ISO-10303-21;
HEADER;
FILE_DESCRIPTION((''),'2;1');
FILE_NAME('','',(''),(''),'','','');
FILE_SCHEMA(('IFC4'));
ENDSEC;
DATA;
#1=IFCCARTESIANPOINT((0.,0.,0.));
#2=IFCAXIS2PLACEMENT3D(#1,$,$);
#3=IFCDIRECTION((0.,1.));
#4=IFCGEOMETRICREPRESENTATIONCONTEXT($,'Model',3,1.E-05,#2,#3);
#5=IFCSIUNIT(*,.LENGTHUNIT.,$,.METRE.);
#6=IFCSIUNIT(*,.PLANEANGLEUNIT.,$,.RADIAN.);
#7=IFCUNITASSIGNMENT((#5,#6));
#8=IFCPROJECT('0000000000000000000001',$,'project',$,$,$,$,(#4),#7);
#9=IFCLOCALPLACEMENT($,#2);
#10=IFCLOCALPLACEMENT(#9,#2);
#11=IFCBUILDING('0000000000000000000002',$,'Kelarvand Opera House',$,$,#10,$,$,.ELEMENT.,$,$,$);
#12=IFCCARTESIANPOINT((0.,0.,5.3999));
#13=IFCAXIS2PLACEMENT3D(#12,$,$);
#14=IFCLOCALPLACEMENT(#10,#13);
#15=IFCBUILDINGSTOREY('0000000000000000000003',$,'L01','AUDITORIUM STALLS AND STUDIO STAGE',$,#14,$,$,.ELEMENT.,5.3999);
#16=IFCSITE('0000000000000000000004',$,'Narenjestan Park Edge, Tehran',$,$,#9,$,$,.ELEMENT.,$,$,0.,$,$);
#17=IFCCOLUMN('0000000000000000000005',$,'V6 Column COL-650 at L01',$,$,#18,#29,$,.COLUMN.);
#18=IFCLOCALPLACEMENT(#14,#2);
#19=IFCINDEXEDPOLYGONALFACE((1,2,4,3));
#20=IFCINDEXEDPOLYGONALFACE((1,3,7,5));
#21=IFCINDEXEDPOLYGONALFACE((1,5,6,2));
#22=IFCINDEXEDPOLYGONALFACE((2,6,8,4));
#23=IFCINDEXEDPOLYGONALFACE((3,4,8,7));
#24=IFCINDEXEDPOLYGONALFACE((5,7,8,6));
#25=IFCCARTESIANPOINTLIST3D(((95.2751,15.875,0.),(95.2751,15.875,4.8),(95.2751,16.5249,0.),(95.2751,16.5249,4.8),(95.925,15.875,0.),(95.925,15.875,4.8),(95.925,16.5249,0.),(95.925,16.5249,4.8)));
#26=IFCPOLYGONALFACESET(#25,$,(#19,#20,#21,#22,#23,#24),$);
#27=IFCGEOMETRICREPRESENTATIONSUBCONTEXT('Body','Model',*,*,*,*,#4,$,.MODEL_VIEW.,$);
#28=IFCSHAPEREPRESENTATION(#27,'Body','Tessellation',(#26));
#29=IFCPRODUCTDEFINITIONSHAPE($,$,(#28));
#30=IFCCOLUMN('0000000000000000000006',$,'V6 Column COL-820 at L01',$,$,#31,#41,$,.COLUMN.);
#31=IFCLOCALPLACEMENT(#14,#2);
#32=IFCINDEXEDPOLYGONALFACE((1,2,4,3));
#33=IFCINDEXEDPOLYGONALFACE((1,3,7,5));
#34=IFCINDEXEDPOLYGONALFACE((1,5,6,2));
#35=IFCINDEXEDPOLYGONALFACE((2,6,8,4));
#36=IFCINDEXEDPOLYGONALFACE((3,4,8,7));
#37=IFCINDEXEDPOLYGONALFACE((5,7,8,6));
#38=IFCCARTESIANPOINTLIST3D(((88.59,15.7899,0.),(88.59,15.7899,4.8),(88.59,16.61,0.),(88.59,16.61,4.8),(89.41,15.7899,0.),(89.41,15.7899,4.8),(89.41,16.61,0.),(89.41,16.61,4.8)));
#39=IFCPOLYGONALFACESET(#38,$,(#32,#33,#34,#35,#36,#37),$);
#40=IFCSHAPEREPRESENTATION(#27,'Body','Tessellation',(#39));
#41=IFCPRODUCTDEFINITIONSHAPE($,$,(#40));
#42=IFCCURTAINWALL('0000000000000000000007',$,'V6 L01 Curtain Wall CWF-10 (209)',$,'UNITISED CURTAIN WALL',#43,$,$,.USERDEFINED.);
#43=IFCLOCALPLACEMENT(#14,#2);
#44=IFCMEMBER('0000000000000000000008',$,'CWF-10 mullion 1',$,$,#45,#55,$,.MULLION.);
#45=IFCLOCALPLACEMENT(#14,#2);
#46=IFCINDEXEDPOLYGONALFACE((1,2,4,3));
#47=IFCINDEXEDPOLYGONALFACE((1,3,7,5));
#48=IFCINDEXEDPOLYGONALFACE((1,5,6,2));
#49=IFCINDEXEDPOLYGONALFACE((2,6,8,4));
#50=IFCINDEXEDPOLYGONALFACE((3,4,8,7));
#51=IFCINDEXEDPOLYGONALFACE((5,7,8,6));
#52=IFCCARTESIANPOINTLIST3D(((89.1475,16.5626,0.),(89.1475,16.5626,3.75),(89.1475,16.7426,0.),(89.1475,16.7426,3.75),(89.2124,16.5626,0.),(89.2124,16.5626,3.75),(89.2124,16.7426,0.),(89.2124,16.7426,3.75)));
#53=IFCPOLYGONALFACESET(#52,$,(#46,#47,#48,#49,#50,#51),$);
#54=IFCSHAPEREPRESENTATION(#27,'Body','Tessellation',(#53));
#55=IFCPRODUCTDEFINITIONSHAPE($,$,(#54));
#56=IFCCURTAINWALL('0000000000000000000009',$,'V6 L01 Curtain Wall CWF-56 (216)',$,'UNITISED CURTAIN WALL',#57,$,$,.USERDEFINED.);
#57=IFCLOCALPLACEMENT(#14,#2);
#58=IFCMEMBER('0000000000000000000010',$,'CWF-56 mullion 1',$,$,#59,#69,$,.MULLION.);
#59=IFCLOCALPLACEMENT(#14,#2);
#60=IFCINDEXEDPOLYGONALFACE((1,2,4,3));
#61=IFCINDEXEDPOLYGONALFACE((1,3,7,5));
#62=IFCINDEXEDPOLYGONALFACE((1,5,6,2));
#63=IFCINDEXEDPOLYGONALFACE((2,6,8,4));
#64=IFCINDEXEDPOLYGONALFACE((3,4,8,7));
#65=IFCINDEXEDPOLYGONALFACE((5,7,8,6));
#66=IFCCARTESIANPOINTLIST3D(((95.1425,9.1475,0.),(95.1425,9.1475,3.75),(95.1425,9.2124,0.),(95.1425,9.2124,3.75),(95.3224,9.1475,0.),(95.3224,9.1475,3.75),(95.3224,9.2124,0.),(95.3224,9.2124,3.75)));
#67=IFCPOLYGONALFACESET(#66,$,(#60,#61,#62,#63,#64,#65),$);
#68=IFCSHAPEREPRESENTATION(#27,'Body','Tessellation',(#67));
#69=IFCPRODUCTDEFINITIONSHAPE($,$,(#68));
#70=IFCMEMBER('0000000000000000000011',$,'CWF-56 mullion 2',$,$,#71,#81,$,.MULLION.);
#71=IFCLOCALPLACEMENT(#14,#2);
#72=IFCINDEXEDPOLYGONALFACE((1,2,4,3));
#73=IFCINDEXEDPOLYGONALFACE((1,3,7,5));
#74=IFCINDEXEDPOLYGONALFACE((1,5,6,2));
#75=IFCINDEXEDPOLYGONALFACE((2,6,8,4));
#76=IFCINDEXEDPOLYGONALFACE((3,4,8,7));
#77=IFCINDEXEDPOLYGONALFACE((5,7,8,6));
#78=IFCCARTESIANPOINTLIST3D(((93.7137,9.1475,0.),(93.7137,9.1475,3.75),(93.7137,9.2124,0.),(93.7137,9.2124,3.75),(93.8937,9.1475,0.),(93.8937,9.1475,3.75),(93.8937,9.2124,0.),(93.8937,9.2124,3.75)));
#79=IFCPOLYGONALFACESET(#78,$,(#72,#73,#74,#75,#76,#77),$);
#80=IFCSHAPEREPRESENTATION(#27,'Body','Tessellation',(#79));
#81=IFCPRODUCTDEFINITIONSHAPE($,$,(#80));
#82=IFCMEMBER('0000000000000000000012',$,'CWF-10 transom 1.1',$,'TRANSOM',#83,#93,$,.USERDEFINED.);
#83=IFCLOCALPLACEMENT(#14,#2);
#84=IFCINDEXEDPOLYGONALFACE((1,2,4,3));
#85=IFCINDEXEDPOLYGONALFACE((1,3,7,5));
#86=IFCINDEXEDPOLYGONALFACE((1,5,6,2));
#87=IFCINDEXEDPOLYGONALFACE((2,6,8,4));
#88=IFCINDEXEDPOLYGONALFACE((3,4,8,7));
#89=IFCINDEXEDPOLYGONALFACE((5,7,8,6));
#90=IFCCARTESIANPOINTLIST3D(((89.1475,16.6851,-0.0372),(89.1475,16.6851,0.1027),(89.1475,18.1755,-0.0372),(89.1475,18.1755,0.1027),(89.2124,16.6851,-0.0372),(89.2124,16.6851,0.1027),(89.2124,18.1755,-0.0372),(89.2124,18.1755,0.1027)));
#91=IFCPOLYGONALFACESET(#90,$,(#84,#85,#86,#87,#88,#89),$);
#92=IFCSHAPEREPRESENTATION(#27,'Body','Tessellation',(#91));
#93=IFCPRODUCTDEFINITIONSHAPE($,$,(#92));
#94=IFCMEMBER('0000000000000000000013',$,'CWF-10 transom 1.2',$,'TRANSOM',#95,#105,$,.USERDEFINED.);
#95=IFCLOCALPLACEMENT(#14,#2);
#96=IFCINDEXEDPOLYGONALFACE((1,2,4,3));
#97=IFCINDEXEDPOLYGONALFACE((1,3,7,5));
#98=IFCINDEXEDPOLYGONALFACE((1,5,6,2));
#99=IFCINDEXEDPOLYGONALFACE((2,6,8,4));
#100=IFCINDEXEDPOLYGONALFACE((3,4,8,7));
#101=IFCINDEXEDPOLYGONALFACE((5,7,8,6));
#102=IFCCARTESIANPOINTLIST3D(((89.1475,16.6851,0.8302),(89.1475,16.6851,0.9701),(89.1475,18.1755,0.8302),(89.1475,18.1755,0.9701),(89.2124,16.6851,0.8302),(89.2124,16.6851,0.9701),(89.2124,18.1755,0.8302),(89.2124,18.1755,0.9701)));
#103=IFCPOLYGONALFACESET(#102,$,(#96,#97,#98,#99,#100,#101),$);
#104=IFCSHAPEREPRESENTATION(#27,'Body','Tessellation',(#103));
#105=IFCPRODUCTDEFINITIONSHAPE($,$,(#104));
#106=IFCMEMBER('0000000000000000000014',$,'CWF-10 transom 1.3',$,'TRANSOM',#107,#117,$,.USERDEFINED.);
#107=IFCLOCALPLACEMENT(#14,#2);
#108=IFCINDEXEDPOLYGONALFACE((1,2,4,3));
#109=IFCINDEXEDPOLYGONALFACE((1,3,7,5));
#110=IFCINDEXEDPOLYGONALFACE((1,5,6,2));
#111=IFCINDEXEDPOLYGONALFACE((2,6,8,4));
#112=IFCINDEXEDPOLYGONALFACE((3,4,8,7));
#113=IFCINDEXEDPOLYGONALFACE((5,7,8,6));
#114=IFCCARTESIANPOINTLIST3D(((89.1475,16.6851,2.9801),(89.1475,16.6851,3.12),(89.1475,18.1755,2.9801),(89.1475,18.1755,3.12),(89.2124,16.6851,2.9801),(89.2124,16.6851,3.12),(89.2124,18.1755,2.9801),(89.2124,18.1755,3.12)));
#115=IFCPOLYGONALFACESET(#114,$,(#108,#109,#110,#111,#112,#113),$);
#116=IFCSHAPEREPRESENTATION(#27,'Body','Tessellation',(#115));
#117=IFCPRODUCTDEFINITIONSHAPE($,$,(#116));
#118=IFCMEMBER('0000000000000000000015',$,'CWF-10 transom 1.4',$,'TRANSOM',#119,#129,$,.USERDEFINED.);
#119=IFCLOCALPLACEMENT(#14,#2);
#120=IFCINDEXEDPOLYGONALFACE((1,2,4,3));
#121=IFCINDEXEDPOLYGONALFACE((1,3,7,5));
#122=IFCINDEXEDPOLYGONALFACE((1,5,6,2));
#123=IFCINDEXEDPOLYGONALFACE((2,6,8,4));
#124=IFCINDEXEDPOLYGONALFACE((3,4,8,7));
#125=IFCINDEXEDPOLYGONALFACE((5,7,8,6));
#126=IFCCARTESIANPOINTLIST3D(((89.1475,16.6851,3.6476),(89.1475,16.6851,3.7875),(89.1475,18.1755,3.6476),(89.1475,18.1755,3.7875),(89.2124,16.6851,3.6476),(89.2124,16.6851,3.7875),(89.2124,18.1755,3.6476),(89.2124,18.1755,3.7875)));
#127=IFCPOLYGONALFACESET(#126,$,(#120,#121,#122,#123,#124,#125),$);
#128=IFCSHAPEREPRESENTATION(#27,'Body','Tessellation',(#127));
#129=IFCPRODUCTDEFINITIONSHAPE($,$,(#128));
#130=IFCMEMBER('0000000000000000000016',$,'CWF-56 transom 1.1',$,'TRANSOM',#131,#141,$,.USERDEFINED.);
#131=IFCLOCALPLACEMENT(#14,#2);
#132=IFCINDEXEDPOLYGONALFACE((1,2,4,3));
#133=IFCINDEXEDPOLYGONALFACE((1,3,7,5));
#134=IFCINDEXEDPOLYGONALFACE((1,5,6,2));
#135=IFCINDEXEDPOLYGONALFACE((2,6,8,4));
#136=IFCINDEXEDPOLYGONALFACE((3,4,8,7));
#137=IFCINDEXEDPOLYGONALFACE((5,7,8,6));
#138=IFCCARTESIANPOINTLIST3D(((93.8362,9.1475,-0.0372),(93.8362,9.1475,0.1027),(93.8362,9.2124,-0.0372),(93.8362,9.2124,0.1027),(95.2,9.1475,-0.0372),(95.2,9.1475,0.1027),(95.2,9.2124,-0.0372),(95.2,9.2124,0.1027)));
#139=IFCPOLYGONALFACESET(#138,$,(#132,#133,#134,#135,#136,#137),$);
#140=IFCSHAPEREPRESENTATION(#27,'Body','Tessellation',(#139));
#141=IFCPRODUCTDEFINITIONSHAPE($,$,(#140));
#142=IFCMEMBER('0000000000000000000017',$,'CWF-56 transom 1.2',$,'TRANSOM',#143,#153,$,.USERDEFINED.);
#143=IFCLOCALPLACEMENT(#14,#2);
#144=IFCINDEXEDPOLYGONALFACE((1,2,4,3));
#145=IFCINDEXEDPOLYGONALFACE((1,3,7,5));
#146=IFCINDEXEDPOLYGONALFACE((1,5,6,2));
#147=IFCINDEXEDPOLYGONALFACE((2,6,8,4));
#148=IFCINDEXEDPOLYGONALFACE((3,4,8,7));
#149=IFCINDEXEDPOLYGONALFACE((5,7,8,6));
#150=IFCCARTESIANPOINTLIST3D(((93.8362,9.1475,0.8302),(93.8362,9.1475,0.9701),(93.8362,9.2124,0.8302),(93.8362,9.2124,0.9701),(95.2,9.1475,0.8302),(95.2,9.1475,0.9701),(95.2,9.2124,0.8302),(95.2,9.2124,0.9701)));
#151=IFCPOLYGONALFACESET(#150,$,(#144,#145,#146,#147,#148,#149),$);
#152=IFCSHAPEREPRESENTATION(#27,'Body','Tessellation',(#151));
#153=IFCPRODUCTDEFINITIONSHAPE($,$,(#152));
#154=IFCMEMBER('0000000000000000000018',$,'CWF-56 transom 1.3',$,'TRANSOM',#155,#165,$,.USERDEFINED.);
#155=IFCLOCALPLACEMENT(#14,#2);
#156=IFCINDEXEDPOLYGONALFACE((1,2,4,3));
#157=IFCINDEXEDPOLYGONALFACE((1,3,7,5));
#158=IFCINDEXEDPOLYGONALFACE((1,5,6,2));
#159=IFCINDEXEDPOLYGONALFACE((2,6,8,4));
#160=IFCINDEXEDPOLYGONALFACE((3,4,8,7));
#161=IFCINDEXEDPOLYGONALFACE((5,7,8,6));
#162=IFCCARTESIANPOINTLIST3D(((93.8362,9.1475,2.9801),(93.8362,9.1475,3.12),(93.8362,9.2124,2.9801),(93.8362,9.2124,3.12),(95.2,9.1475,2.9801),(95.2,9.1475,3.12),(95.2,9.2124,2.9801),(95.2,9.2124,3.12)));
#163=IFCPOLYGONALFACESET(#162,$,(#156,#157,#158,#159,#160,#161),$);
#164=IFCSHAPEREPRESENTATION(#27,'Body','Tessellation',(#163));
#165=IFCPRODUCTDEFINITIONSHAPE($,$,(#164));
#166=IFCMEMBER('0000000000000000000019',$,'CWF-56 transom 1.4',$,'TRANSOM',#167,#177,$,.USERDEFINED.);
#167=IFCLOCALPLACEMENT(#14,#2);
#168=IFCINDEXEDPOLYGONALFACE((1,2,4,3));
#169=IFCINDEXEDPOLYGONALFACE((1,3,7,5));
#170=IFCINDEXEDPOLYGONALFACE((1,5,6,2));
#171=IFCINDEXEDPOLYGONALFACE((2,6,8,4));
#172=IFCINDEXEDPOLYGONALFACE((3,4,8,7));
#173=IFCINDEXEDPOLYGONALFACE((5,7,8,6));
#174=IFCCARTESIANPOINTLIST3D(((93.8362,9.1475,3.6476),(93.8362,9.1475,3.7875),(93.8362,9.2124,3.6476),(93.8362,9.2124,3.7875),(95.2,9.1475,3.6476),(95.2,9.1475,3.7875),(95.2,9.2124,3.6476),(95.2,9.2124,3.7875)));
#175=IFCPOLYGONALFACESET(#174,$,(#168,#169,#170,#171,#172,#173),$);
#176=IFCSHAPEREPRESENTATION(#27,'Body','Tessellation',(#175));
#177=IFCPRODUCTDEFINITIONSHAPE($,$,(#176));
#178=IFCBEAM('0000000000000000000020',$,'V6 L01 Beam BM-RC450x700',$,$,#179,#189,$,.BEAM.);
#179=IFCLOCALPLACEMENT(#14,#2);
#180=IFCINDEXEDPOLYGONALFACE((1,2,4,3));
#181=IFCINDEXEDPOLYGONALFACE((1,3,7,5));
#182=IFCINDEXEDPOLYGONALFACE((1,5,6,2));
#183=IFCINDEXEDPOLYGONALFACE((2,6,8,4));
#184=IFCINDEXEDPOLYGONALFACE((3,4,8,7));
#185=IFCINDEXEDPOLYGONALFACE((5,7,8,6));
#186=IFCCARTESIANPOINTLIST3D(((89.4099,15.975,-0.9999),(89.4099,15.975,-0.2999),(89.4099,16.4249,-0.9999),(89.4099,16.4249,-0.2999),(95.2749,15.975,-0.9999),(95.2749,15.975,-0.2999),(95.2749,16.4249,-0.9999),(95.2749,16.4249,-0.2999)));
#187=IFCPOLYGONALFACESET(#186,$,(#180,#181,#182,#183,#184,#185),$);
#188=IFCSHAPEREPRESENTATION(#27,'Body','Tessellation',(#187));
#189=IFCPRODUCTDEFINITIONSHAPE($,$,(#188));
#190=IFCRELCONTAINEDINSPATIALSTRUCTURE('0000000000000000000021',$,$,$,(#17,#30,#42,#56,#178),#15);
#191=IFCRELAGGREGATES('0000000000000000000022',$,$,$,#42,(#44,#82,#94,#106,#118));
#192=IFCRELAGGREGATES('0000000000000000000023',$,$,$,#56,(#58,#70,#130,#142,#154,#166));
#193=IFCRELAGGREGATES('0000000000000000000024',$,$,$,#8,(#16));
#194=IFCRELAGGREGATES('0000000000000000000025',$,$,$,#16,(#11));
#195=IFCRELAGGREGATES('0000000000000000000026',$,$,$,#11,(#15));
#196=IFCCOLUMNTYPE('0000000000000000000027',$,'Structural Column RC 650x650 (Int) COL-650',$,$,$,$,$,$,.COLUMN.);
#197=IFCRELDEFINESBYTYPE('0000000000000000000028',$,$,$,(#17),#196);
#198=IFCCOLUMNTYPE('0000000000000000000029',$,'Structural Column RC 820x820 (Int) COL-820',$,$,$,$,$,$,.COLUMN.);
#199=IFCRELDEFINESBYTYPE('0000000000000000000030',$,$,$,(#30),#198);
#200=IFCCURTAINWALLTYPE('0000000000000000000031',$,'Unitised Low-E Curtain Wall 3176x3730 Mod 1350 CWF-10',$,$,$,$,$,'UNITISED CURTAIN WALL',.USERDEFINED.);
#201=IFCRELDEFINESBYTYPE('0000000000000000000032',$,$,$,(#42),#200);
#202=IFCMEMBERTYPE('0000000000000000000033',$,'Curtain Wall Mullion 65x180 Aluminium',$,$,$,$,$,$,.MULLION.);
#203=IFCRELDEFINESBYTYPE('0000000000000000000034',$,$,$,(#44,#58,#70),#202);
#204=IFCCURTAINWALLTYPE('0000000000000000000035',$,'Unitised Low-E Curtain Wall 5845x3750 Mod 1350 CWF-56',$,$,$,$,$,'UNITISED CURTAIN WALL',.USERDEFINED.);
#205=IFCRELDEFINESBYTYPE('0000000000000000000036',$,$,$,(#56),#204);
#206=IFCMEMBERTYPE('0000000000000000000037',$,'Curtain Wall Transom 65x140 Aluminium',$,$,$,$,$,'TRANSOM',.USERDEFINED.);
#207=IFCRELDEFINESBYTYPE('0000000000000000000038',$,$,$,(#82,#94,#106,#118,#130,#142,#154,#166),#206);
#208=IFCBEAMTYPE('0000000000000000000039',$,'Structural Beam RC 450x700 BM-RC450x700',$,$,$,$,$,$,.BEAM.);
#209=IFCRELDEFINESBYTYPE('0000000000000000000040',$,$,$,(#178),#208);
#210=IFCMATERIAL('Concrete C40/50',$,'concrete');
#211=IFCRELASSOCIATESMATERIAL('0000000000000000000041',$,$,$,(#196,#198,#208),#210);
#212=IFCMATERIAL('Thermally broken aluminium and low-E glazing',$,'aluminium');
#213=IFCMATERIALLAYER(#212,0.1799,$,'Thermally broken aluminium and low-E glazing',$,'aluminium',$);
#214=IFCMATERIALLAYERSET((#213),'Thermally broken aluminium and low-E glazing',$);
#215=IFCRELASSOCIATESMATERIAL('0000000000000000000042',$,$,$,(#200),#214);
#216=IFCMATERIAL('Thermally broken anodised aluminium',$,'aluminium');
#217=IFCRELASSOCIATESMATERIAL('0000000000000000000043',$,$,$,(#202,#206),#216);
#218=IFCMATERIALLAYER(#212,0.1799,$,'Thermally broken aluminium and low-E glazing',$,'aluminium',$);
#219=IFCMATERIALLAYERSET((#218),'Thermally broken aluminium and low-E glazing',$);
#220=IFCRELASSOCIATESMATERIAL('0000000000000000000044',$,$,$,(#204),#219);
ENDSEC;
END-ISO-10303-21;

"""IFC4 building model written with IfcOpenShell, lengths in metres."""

from ifc_helpers import new_model, si_unit, direction, frame, origin, origin_2d, place, context, subcontext, project, spatial, rectangle, extrude, material, layer, layer_set, material_profile, profile_set, type_object, element, aggregate, save


model = new_model("IFC4")

# Units and contexts
model_context = context("Model", 3, precision=1e-05, world=origin(), true_north=direction((0.0, 1.0)))
body_context = subcontext(model_context, "Body", "Model", "MODEL_VIEW")
ifc_project = project(units=[si_unit("LENGTHUNIT", "METRE"), si_unit("PLANEANGLEUNIT", "RADIAN")], contexts=[model_context])

# Site, building, storey
site_placement = place(None, origin())
site = spatial("IfcSite", under=ifc_project, at=site_placement, Name="Narenjestan Park Edge, Tehran", CompositionType="ELEMENT", RefElevation=0.0)
building_placement = place(site_placement, origin())
building = spatial("IfcBuilding", under=site, at=building_placement, Name="Kelarvand Opera House", CompositionType="ELEMENT")
storey_placement = place(building_placement, frame((0.0, 0.0, 5.3999)))
storey = spatial("IfcBuildingStorey", under=building, at=storey_placement, Name="L01", Description="AUDITORIUM STALLS AND STUDIO STAGE", CompositionType="ELEMENT", Elevation=5.3999)

# Columns
ifc_material_1 = material(Name="Concrete C40/50", Category="concrete")
ifc_material_profile_1 = material_profile(ifc_material_1, rectangle(XDim=0.6499, YDim=0.6499, at=origin_2d()), Name="RC 650x650", Category="concrete")
ifc_profile_set_1 = profile_set([ifc_material_profile_1], Name="Concrete C40/50")
column_type_1 = type_object("IfcColumnType", Name="Structural Column RC 650x650 (Int) COL-650", PredefinedType="COLUMN", material=ifc_profile_set_1)
column_1_placement = place(storey_placement, frame((95.6001, 16.2, 0.0), z_axis=(0.0, 0.0, 1.0), x_axis=(1.0, 0.0, 0.0)))
element("IfcColumn", 1, at=column_1_placement, inside=storey, type_object=column_type_1, Name="V6 Column COL-650 at L01", PredefinedType="COLUMN", context=body_context, shape_type="SweptSolid", body=[
    extrude(rectangle(XDim=0.6499, YDim=0.6499, at=origin_2d()), origin(), (0.0, 0.0, 1.0), 4.8),
])
ifc_material_profile_2 = material_profile(ifc_material_1, rectangle(XDim=0.8201, YDim=0.8201, at=origin_2d()), Name="RC 820x820", Category="concrete")
ifc_profile_set_2 = profile_set([ifc_material_profile_2], Name="Concrete C40/50")
column_type_2 = type_object("IfcColumnType", Name="Structural Column RC 820x820 (Int) COL-820", PredefinedType="COLUMN", material=ifc_profile_set_2)
column_2_placement = place(storey_placement, frame((89.0, 16.2, 0.0), z_axis=(0.0, 0.0, 1.0), x_axis=(1.0, 0.0, 0.0)))
element("IfcColumn", 2, at=column_2_placement, inside=storey, type_object=column_type_2, Name="V6 Column COL-820 at L01", PredefinedType="COLUMN", context=body_context, shape_type="SweptSolid", body=[
    extrude(rectangle(XDim=0.8201, YDim=0.8201, at=origin_2d()), origin(), (0.0, 0.0, 1.0), 4.8),
])

# Curtain wall, member
ifc_material_2 = material(Name="Thermally broken aluminium and low-E glazing", Category="aluminium")
ifc_layer_1 = layer(ifc_material_2, 0.1799, Name="Thermally broken aluminium and low-E glazing", Category="aluminium")
ifc_layer_set_1 = layer_set([ifc_layer_1], Name="Thermally broken aluminium and low-E glazing")
curtain_wall_type_1 = type_object("IfcCurtainWallType", Name="Unitised Low-E Curtain Wall 3176x3730 Mod 1350 CWF-10", ElementType="UNITISED CURTAIN WALL", PredefinedType="USERDEFINED", material=ifc_layer_set_1)
curtain_wall_1_placement = place(storey_placement, origin())
curtain_wall_1 = element("IfcCurtainWall", 3, at=curtain_wall_1_placement, inside=storey, type_object=curtain_wall_type_1, Name="V6 L01 Curtain Wall CWF-10 (209)", ObjectType="UNITISED CURTAIN WALL", PredefinedType="USERDEFINED")
ifc_material_3 = material(Name="Thermally broken anodised aluminium", Category="aluminium")
ifc_material_profile_3 = material_profile(ifc_material_3, rectangle(XDim=0.0649, YDim=0.1799, at=origin_2d()), Name="ALU MULLION 65x180", Category="aluminium")
ifc_profile_set_3 = profile_set([ifc_material_profile_3], Name="Thermally broken anodised aluminium")
member_type_1 = type_object("IfcMemberType", Name="Curtain Wall Mullion 65x180 Aluminium", PredefinedType="MULLION", material=ifc_profile_set_3)
member_1_placement = place(storey_placement, frame((89.1799, 16.6526, 0.0), z_axis=(0.0, 0.0, 1.0), x_axis=(-1.0, 0.0, 0.0)))
member_1 = element("IfcMember", 4, at=member_1_placement, type_object=member_type_1, Name="CWF-10 mullion 1", PredefinedType="MULLION", context=body_context, shape_type="SweptSolid", body=[
    extrude(rectangle(XDim=0.0649, YDim=0.1799, at=origin_2d()), origin(), (0.0, 0.0, 1.0), 3.75),
])

# Curtain wall, members
ifc_layer_2 = layer(ifc_material_2, 0.1799, Name="Thermally broken aluminium and low-E glazing", Category="aluminium")
ifc_layer_set_2 = layer_set([ifc_layer_2], Name="Thermally broken aluminium and low-E glazing")
curtain_wall_type_2 = type_object("IfcCurtainWallType", Name="Unitised Low-E Curtain Wall 5845x3750 Mod 1350 CWF-56", ElementType="UNITISED CURTAIN WALL", PredefinedType="USERDEFINED", material=ifc_layer_set_2)
curtain_wall_2_placement = place(storey_placement, origin())
curtain_wall_2 = element("IfcCurtainWall", 5, at=curtain_wall_2_placement, inside=storey, type_object=curtain_wall_type_2, Name="V6 L01 Curtain Wall CWF-56 (216)", ObjectType="UNITISED CURTAIN WALL", PredefinedType="USERDEFINED")
member_2_placement = place(storey_placement, frame((95.2324, 9.1799, 0.0), z_axis=(0.0, 0.0, 1.0), x_axis=(0.0, -1.0, 0.0)))
member_2 = element("IfcMember", 6, at=member_2_placement, type_object=member_type_1, Name="CWF-56 mullion 1", PredefinedType="MULLION", context=body_context, shape_type="SweptSolid", body=[
    extrude(rectangle(XDim=0.0649, YDim=0.1799, at=origin_2d()), origin(), (0.0, 0.0, 1.0), 3.75),
])
member_3_placement = place(storey_placement, frame((93.8037, 9.1799, 0.0), z_axis=(0.0, 0.0, 1.0), x_axis=(0.0, -1.0, 0.0)))
member_3 = element("IfcMember", 7, at=member_3_placement, type_object=member_type_1, Name="CWF-56 mullion 2", PredefinedType="MULLION", context=body_context, shape_type="SweptSolid", body=[
    extrude(rectangle(XDim=0.0649, YDim=0.1799, at=origin_2d()), origin(), (0.0, 0.0, 1.0), 3.75),
])

# Members
ifc_material_profile_4 = material_profile(ifc_material_3, rectangle(XDim=0.0649, YDim=0.1399, at=origin_2d()), Name="ALU TRANSOM 65x140", Category="aluminium")
ifc_profile_set_4 = profile_set([ifc_material_profile_4], Name="Thermally broken anodised aluminium")
member_type_2 = type_object("IfcMemberType", Name="Curtain Wall Transom 65x140 Aluminium", ElementType="TRANSOM", PredefinedType="USERDEFINED", material=ifc_profile_set_4)
member_4_placement = place(storey_placement, frame((89.1799, 16.6851, 0.0327), z_axis=(0.0, 1.0, 0.0), x_axis=(-1.0, 0.0, 0.0)))
member_4 = element("IfcMember", 8, at=member_4_placement, type_object=member_type_2, Name="CWF-10 transom 1.1", ObjectType="TRANSOM", PredefinedType="USERDEFINED", context=body_context, shape_type="SweptSolid", body=[
    extrude(rectangle(XDim=0.0649, YDim=0.1399, at=origin_2d()), origin(), (0.0, 0.0, 1.0), 1.4905),
])
member_5_placement = place(storey_placement, frame((89.1799, 16.6851, 0.9001), z_axis=(0.0, 1.0, 0.0), x_axis=(-1.0, 0.0, 0.0)))
member_5 = element("IfcMember", 9, at=member_5_placement, type_object=member_type_2, Name="CWF-10 transom 1.2", ObjectType="TRANSOM", PredefinedType="USERDEFINED", context=body_context, shape_type="SweptSolid", body=[
    extrude(rectangle(XDim=0.0649, YDim=0.1399, at=origin_2d()), origin(), (0.0, 0.0, 1.0), 1.4905),
])
member_6_placement = place(storey_placement, frame((89.1799, 16.6851, 3.05), z_axis=(0.0, 1.0, 0.0), x_axis=(-1.0, 0.0, 0.0)))
member_6 = element("IfcMember", 10, at=member_6_placement, type_object=member_type_2, Name="CWF-10 transom 1.3", ObjectType="TRANSOM", PredefinedType="USERDEFINED", context=body_context, shape_type="SweptSolid", body=[
    extrude(rectangle(XDim=0.0649, YDim=0.1399, at=origin_2d()), origin(), (0.0, 0.0, 1.0), 1.4905),
])
member_7_placement = place(storey_placement, frame((89.1799, 16.6851, 3.7175), z_axis=(0.0, 1.0, 0.0), x_axis=(-1.0, 0.0, 0.0)))
member_7 = element("IfcMember", 11, at=member_7_placement, type_object=member_type_2, Name="CWF-10 transom 1.4", ObjectType="TRANSOM", PredefinedType="USERDEFINED", context=body_context, shape_type="SweptSolid", body=[
    extrude(rectangle(XDim=0.0649, YDim=0.1399, at=origin_2d()), origin(), (0.0, 0.0, 1.0), 1.4905),
])
member_8_placement = place(storey_placement, frame((95.2, 9.1799, 0.0327), z_axis=(-1.0, 0.0, 0.0), x_axis=(0.0, -1.0, 0.0)))
member_8 = element("IfcMember", 12, at=member_8_placement, type_object=member_type_2, Name="CWF-56 transom 1.1", ObjectType="TRANSOM", PredefinedType="USERDEFINED", context=body_context, shape_type="SweptSolid", body=[
    extrude(rectangle(XDim=0.0649, YDim=0.1399, at=origin_2d()), origin(), (0.0, 0.0, 1.0), 1.3638),
])
member_9_placement = place(storey_placement, frame((95.2, 9.1799, 0.9001), z_axis=(-1.0, 0.0, 0.0), x_axis=(0.0, -1.0, 0.0)))
member_9 = element("IfcMember", 13, at=member_9_placement, type_object=member_type_2, Name="CWF-56 transom 1.2", ObjectType="TRANSOM", PredefinedType="USERDEFINED", context=body_context, shape_type="SweptSolid", body=[
    extrude(rectangle(XDim=0.0649, YDim=0.1399, at=origin_2d()), origin(), (0.0, 0.0, 1.0), 1.3638),
])
member_10_placement = place(storey_placement, frame((95.2, 9.1799, 3.05), z_axis=(-1.0, 0.0, 0.0), x_axis=(0.0, -1.0, 0.0)))
member_10 = element("IfcMember", 14, at=member_10_placement, type_object=member_type_2, Name="CWF-56 transom 1.3", ObjectType="TRANSOM", PredefinedType="USERDEFINED", context=body_context, shape_type="SweptSolid", body=[
    extrude(rectangle(XDim=0.0649, YDim=0.1399, at=origin_2d()), origin(), (0.0, 0.0, 1.0), 1.3638),
])
member_11_placement = place(storey_placement, frame((95.2, 9.1799, 3.7175), z_axis=(-1.0, 0.0, 0.0), x_axis=(0.0, -1.0, 0.0)))
member_11 = element("IfcMember", 15, at=member_11_placement, type_object=member_type_2, Name="CWF-56 transom 1.4", ObjectType="TRANSOM", PredefinedType="USERDEFINED", context=body_context, shape_type="SweptSolid", body=[
    extrude(rectangle(XDim=0.0649, YDim=0.1399, at=origin_2d()), origin(), (0.0, 0.0, 1.0), 1.3638),
])

# Beam
ifc_material_profile_5 = material_profile(ifc_material_1, rectangle(XDim=0.45, YDim=0.7, at=origin_2d()), Name="RC 450x700", Category="concrete")
ifc_profile_set_5 = profile_set([ifc_material_profile_5], Name="Concrete C40/50")
beam_type_1 = type_object("IfcBeamType", Name="Structural Beam RC 450x700 BM-RC450x700", PredefinedType="BEAM", material=ifc_profile_set_5)
beam_1_placement = place(storey_placement, frame((89.4099, 16.2, -0.6499), z_axis=(1.0, 0.0, 0.0), x_axis=(0.0, 1.0, 0.0)))
element("IfcBeam", 16, at=beam_1_placement, inside=storey, type_object=beam_type_1, Name="V6 L01 Beam BM-RC450x700", PredefinedType="BEAM", context=body_context, shape_type="SweptSolid", body=[
    extrude(rectangle(XDim=0.45, YDim=0.7, at=origin_2d()), origin(), (0.0, 0.0, 1.0), 5.865),
])

aggregate(curtain_wall_1, [member_1, member_4, member_5, member_6, member_7])
aggregate(curtain_wall_2, [member_2, member_3, member_8, member_9, member_10, member_11])

save(model, "model.ifc")
